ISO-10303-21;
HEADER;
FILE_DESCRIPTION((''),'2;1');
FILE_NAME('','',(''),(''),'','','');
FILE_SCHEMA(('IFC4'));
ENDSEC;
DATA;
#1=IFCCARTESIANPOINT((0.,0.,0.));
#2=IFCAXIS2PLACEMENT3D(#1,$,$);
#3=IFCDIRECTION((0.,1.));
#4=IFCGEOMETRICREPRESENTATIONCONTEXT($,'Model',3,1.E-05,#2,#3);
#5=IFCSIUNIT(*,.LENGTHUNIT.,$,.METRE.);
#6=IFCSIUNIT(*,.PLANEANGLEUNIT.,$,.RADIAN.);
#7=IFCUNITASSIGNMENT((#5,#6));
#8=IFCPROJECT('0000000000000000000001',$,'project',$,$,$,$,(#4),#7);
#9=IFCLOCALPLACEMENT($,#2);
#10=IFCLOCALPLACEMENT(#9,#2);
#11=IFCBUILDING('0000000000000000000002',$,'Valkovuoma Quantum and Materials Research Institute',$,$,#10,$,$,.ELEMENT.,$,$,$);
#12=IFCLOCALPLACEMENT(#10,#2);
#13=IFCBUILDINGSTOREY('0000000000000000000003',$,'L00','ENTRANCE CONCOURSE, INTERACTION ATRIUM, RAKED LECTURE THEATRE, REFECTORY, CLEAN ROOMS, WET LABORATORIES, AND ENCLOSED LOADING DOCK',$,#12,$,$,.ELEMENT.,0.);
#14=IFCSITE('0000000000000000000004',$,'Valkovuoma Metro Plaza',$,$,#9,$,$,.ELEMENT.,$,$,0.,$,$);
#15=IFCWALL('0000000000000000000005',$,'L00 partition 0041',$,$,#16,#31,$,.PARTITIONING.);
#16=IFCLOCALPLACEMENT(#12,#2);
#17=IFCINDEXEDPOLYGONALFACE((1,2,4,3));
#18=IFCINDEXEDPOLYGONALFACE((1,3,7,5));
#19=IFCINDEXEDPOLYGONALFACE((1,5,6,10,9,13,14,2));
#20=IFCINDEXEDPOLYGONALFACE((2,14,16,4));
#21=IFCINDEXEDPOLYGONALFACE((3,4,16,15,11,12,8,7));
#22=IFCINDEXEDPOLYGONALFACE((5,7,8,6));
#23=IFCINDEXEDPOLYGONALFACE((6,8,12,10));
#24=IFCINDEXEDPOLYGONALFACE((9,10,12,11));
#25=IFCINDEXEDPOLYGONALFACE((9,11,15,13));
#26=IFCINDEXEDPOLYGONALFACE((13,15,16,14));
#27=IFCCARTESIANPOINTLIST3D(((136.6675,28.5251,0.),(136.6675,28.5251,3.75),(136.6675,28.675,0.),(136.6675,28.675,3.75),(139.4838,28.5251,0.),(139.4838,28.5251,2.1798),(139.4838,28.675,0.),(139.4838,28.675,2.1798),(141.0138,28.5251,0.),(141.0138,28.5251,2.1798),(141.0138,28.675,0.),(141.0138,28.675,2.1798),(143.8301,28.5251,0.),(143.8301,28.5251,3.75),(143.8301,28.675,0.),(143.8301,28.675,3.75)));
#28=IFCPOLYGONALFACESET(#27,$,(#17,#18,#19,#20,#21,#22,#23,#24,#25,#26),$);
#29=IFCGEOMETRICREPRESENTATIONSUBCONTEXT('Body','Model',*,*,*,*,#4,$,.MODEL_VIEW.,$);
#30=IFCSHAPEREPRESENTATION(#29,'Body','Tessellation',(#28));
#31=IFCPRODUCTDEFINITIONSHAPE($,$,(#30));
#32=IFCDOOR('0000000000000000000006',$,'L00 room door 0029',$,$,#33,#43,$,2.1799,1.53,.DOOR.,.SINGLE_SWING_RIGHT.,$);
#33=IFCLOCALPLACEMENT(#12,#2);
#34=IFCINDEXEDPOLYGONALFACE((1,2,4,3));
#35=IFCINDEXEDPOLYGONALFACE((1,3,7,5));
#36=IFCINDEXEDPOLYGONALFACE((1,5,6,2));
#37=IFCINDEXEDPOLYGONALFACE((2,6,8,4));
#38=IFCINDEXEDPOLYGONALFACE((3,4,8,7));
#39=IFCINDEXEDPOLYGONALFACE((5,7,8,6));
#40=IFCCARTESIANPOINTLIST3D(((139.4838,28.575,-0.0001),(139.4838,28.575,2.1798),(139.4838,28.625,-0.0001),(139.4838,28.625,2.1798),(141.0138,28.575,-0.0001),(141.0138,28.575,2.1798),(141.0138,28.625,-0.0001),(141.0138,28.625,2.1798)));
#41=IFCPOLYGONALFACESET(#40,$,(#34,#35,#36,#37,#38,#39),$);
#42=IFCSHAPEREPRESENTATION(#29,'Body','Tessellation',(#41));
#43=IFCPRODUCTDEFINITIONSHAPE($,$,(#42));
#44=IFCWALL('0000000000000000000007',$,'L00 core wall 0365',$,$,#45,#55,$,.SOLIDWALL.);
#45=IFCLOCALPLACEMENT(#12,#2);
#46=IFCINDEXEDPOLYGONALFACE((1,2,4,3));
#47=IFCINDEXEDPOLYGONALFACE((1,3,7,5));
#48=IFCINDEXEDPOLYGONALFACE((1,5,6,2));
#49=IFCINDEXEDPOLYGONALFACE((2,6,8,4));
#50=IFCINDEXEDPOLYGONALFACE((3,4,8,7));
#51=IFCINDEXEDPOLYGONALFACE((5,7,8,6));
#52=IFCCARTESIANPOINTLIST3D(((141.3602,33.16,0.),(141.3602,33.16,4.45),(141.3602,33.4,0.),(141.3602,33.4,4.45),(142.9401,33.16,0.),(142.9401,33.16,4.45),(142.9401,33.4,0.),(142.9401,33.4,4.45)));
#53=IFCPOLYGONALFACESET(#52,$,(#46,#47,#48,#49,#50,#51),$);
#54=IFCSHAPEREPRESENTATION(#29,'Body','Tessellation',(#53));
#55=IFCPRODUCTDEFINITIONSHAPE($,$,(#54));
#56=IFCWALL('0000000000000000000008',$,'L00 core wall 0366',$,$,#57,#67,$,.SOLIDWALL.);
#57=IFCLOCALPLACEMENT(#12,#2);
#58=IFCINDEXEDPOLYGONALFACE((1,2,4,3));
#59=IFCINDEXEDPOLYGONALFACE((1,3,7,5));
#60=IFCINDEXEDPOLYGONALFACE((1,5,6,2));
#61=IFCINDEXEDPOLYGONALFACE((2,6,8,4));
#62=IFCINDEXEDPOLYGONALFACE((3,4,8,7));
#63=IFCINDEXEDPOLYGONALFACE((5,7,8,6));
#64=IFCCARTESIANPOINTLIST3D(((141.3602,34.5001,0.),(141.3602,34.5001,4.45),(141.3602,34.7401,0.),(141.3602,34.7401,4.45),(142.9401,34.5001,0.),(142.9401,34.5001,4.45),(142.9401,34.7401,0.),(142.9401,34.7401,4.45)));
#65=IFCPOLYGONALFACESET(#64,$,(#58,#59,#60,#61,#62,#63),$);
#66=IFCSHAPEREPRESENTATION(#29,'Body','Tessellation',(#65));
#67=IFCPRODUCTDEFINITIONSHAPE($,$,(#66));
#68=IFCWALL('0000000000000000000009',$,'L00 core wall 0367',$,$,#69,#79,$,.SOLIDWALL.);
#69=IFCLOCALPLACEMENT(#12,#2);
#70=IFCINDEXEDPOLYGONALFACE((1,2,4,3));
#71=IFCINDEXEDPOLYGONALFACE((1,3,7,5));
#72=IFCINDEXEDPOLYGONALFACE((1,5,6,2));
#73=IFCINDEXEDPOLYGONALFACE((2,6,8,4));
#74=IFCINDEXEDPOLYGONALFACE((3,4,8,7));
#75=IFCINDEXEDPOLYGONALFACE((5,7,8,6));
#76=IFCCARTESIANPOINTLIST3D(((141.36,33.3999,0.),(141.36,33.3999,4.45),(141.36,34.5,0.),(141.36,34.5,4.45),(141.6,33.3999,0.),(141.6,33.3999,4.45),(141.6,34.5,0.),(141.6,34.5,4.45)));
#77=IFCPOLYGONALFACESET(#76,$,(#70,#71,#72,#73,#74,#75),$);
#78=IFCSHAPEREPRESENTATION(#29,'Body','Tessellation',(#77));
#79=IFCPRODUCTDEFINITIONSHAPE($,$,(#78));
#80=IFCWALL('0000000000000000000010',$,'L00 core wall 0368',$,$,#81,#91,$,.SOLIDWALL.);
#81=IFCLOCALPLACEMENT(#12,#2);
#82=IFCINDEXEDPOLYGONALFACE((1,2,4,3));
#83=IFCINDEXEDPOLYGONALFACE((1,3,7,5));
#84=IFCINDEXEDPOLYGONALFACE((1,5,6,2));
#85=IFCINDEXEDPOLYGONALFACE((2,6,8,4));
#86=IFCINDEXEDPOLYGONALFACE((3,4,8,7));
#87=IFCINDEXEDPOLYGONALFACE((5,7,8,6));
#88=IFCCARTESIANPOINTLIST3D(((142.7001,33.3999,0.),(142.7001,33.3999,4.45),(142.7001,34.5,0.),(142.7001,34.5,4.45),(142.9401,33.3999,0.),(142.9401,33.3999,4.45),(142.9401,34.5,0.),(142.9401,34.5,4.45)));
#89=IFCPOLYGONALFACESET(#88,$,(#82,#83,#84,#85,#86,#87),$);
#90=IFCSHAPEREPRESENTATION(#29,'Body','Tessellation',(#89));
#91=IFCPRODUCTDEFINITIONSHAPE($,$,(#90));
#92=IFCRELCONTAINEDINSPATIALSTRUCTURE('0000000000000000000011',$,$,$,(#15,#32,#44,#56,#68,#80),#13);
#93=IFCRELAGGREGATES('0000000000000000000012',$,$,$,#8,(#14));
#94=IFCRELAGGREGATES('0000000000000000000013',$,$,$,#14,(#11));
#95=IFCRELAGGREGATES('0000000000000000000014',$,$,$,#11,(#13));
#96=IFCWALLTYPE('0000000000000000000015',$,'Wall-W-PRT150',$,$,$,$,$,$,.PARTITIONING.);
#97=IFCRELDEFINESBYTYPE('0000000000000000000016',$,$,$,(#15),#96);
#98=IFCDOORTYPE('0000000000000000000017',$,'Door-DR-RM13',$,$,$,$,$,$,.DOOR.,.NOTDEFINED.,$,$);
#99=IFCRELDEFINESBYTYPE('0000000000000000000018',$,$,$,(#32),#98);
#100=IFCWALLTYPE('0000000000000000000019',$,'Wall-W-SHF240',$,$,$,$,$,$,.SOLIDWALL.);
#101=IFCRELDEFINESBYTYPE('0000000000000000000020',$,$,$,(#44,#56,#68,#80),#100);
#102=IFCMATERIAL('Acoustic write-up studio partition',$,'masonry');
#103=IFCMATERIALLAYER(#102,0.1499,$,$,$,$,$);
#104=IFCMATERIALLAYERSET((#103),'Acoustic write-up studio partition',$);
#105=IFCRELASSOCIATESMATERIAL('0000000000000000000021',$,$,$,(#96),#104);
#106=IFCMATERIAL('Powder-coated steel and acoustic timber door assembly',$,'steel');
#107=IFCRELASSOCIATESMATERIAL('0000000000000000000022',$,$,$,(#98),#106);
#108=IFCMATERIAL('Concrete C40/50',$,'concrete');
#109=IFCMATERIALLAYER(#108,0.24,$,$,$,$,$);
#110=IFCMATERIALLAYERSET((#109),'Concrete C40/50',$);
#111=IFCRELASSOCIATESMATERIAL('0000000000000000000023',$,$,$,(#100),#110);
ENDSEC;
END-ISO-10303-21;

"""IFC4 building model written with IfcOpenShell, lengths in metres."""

from ifc_helpers import new_model, si_unit, direction, frame, frame_2d, origin, place, context, subcontext, project, spatial, rectangle, extrude, material, layer, layer_set, type_object, element, fill, save


model = new_model("IFC4")

# Units and contexts
model_context = context("Model", 3, precision=1e-05, world=origin(), true_north=direction((0.0, 1.0)))
body_context = subcontext(model_context, "Body", "Model", "MODEL_VIEW")
ifc_project = project(units=[si_unit("LENGTHUNIT", "METRE"), si_unit("PLANEANGLEUNIT", "RADIAN")], contexts=[model_context])

# Site, building, storey
site_placement = place(None, origin())
site = spatial("IfcSite", under=ifc_project, at=site_placement, Name="Valkovuoma Metro Plaza", CompositionType="ELEMENT", RefElevation=0.0)
building_placement = place(site_placement, origin())
building = spatial("IfcBuilding", under=site, at=building_placement, Name="Valkovuoma Quantum and Materials Research Institute", CompositionType="ELEMENT")
storey_placement = place(building_placement, origin())
storey = spatial("IfcBuildingStorey", under=building, at=storey_placement, Name="L00", Description="ENTRANCE CONCOURSE, INTERACTION ATRIUM, RAKED LECTURE THEATRE, REFECTORY, CLEAN ROOMS, WET LABORATORIES, AND ENCLOSED LOADING DOCK", CompositionType="ELEMENT", Elevation=0.0)

# Wall, opening, door
ifc_material_1 = material(Name="Acoustic write-up studio partition", Category="masonry")
ifc_layer_1 = layer(ifc_material_1, 0.1499)
ifc_layer_set_1 = layer_set([ifc_layer_1], Name="Acoustic write-up studio partition")
wall_type_1 = type_object("IfcWallType", Name="Wall-W-PRT150", PredefinedType="PARTITIONING", material=ifc_layer_set_1)
wall_placement = place(storey_placement, frame((136.6675, 28.6001, 0.0), z_axis=(0.0, 0.0, 1.0), x_axis=(1.0, 0.0, 0.0)))
wall = element("IfcWall", 1, at=wall_placement, inside=storey, type_object=wall_type_1, Name="L00 partition 0041", PredefinedType="PARTITIONING", context=body_context, shape_type="SweptSolid", body=[
    extrude(rectangle(XDim=7.1626, YDim=0.1499, at=frame_2d((3.5813, 0.0))), origin(), (0.0, 0.0, 1.0), 3.75),
])
opening_placement = place(wall_placement, frame((2.8162, 0.0, 0.0)))
opening = element("IfcOpeningElement", 2, at=opening_placement, cuts=wall, PredefinedType="OPENING", context=body_context, shape_type="SweptSolid", body=[
    extrude(rectangle(XDim=1.53, YDim=2.1799, at=frame_2d((0.7651, 1.0898))), frame((0.0, 0.085, 0.0), z_axis=(0.0, -1.0, 0.0), x_axis=(1.0, 0.0, 0.0)), (0.0, 0.0, 1.0), 0.1699),
])
ifc_material_2 = material(Name="Powder-coated steel and acoustic timber door assembly", Category="steel")
door_type = type_object("IfcDoorType", Name="Door-DR-RM13", OperationType="NOTDEFINED", PredefinedType="DOOR", material=ifc_material_2)
door_placement = place(opening_placement, origin())
door = element("IfcDoor", 3, at=door_placement, inside=storey, type_object=door_type, Name="L00 room door 0029", OperationType="SINGLE_SWING_RIGHT", OverallHeight=2.1799, OverallWidth=1.53, PredefinedType="DOOR", context=body_context, shape_type="SweptSolid", body=[
    extrude(rectangle(XDim=1.53, YDim=2.1799, at=frame_2d((0.7651, 1.0898))), frame((0.0, 0.0249, 0.0), z_axis=(0.0, -1.0, 0.0), x_axis=(1.0, 0.0, 0.0)), (0.0, 0.0, 1.0), 0.05),
])
fill(opening, door)

# Walls
ifc_material_3 = material(Name="Concrete C40/50", Category="concrete")
ifc_layer_2 = layer(ifc_material_3, 0.24)
ifc_layer_set_2 = layer_set([ifc_layer_2], Name="Concrete C40/50")
wall_type_2 = type_object("IfcWallType", Name="Wall-W-SHF240", PredefinedType="SOLIDWALL", material=ifc_layer_set_2)
for number, where, z_axis, x_axis, name in (
    (4, (141.3601, 33.28, 0.0), (0.0, 0.0, 1.0), (1.0, 0.0, 0.0), "L00 core wall 0365"),
    (5, (141.3601, 34.6201, 0.0), (0.0, 0.0, 1.0), (1.0, 0.0, 0.0), "L00 core wall 0366"),
):
    element("IfcWall", number, at=place(storey_placement, frame(where, z_axis=z_axis, x_axis=x_axis)), inside=storey, type_object=wall_type_2, Name=name, PredefinedType="SOLIDWALL", context=body_context, shape_type="SweptSolid", body=[
        extrude(rectangle(XDim=1.5798, YDim=0.24, at=frame_2d((0.79, 0.0))), origin(), (0.0, 0.0, 1.0), 4.45),
    ])
for number, where, z_axis, x_axis, name in (
    (6, (141.48, 33.3999, 0.0), (0.0, 0.0, 1.0), (0.0, 1.0, 0.0), "L00 core wall 0367"),
    (7, (142.8201, 33.3999, 0.0), (0.0, 0.0, 1.0), (0.0, 1.0, 0.0), "L00 core wall 0368"),
):
    element("IfcWall", number, at=place(storey_placement, frame(where, z_axis=z_axis, x_axis=x_axis)), inside=storey, type_object=wall_type_2, Name=name, PredefinedType="SOLIDWALL", context=body_context, shape_type="SweptSolid", body=[
        extrude(rectangle(XDim=1.1001, YDim=0.24, at=frame_2d((0.55, 0.0))), origin(), (0.0, 0.0, 1.0), 4.45),
    ])

save(model, "model.ifc")
